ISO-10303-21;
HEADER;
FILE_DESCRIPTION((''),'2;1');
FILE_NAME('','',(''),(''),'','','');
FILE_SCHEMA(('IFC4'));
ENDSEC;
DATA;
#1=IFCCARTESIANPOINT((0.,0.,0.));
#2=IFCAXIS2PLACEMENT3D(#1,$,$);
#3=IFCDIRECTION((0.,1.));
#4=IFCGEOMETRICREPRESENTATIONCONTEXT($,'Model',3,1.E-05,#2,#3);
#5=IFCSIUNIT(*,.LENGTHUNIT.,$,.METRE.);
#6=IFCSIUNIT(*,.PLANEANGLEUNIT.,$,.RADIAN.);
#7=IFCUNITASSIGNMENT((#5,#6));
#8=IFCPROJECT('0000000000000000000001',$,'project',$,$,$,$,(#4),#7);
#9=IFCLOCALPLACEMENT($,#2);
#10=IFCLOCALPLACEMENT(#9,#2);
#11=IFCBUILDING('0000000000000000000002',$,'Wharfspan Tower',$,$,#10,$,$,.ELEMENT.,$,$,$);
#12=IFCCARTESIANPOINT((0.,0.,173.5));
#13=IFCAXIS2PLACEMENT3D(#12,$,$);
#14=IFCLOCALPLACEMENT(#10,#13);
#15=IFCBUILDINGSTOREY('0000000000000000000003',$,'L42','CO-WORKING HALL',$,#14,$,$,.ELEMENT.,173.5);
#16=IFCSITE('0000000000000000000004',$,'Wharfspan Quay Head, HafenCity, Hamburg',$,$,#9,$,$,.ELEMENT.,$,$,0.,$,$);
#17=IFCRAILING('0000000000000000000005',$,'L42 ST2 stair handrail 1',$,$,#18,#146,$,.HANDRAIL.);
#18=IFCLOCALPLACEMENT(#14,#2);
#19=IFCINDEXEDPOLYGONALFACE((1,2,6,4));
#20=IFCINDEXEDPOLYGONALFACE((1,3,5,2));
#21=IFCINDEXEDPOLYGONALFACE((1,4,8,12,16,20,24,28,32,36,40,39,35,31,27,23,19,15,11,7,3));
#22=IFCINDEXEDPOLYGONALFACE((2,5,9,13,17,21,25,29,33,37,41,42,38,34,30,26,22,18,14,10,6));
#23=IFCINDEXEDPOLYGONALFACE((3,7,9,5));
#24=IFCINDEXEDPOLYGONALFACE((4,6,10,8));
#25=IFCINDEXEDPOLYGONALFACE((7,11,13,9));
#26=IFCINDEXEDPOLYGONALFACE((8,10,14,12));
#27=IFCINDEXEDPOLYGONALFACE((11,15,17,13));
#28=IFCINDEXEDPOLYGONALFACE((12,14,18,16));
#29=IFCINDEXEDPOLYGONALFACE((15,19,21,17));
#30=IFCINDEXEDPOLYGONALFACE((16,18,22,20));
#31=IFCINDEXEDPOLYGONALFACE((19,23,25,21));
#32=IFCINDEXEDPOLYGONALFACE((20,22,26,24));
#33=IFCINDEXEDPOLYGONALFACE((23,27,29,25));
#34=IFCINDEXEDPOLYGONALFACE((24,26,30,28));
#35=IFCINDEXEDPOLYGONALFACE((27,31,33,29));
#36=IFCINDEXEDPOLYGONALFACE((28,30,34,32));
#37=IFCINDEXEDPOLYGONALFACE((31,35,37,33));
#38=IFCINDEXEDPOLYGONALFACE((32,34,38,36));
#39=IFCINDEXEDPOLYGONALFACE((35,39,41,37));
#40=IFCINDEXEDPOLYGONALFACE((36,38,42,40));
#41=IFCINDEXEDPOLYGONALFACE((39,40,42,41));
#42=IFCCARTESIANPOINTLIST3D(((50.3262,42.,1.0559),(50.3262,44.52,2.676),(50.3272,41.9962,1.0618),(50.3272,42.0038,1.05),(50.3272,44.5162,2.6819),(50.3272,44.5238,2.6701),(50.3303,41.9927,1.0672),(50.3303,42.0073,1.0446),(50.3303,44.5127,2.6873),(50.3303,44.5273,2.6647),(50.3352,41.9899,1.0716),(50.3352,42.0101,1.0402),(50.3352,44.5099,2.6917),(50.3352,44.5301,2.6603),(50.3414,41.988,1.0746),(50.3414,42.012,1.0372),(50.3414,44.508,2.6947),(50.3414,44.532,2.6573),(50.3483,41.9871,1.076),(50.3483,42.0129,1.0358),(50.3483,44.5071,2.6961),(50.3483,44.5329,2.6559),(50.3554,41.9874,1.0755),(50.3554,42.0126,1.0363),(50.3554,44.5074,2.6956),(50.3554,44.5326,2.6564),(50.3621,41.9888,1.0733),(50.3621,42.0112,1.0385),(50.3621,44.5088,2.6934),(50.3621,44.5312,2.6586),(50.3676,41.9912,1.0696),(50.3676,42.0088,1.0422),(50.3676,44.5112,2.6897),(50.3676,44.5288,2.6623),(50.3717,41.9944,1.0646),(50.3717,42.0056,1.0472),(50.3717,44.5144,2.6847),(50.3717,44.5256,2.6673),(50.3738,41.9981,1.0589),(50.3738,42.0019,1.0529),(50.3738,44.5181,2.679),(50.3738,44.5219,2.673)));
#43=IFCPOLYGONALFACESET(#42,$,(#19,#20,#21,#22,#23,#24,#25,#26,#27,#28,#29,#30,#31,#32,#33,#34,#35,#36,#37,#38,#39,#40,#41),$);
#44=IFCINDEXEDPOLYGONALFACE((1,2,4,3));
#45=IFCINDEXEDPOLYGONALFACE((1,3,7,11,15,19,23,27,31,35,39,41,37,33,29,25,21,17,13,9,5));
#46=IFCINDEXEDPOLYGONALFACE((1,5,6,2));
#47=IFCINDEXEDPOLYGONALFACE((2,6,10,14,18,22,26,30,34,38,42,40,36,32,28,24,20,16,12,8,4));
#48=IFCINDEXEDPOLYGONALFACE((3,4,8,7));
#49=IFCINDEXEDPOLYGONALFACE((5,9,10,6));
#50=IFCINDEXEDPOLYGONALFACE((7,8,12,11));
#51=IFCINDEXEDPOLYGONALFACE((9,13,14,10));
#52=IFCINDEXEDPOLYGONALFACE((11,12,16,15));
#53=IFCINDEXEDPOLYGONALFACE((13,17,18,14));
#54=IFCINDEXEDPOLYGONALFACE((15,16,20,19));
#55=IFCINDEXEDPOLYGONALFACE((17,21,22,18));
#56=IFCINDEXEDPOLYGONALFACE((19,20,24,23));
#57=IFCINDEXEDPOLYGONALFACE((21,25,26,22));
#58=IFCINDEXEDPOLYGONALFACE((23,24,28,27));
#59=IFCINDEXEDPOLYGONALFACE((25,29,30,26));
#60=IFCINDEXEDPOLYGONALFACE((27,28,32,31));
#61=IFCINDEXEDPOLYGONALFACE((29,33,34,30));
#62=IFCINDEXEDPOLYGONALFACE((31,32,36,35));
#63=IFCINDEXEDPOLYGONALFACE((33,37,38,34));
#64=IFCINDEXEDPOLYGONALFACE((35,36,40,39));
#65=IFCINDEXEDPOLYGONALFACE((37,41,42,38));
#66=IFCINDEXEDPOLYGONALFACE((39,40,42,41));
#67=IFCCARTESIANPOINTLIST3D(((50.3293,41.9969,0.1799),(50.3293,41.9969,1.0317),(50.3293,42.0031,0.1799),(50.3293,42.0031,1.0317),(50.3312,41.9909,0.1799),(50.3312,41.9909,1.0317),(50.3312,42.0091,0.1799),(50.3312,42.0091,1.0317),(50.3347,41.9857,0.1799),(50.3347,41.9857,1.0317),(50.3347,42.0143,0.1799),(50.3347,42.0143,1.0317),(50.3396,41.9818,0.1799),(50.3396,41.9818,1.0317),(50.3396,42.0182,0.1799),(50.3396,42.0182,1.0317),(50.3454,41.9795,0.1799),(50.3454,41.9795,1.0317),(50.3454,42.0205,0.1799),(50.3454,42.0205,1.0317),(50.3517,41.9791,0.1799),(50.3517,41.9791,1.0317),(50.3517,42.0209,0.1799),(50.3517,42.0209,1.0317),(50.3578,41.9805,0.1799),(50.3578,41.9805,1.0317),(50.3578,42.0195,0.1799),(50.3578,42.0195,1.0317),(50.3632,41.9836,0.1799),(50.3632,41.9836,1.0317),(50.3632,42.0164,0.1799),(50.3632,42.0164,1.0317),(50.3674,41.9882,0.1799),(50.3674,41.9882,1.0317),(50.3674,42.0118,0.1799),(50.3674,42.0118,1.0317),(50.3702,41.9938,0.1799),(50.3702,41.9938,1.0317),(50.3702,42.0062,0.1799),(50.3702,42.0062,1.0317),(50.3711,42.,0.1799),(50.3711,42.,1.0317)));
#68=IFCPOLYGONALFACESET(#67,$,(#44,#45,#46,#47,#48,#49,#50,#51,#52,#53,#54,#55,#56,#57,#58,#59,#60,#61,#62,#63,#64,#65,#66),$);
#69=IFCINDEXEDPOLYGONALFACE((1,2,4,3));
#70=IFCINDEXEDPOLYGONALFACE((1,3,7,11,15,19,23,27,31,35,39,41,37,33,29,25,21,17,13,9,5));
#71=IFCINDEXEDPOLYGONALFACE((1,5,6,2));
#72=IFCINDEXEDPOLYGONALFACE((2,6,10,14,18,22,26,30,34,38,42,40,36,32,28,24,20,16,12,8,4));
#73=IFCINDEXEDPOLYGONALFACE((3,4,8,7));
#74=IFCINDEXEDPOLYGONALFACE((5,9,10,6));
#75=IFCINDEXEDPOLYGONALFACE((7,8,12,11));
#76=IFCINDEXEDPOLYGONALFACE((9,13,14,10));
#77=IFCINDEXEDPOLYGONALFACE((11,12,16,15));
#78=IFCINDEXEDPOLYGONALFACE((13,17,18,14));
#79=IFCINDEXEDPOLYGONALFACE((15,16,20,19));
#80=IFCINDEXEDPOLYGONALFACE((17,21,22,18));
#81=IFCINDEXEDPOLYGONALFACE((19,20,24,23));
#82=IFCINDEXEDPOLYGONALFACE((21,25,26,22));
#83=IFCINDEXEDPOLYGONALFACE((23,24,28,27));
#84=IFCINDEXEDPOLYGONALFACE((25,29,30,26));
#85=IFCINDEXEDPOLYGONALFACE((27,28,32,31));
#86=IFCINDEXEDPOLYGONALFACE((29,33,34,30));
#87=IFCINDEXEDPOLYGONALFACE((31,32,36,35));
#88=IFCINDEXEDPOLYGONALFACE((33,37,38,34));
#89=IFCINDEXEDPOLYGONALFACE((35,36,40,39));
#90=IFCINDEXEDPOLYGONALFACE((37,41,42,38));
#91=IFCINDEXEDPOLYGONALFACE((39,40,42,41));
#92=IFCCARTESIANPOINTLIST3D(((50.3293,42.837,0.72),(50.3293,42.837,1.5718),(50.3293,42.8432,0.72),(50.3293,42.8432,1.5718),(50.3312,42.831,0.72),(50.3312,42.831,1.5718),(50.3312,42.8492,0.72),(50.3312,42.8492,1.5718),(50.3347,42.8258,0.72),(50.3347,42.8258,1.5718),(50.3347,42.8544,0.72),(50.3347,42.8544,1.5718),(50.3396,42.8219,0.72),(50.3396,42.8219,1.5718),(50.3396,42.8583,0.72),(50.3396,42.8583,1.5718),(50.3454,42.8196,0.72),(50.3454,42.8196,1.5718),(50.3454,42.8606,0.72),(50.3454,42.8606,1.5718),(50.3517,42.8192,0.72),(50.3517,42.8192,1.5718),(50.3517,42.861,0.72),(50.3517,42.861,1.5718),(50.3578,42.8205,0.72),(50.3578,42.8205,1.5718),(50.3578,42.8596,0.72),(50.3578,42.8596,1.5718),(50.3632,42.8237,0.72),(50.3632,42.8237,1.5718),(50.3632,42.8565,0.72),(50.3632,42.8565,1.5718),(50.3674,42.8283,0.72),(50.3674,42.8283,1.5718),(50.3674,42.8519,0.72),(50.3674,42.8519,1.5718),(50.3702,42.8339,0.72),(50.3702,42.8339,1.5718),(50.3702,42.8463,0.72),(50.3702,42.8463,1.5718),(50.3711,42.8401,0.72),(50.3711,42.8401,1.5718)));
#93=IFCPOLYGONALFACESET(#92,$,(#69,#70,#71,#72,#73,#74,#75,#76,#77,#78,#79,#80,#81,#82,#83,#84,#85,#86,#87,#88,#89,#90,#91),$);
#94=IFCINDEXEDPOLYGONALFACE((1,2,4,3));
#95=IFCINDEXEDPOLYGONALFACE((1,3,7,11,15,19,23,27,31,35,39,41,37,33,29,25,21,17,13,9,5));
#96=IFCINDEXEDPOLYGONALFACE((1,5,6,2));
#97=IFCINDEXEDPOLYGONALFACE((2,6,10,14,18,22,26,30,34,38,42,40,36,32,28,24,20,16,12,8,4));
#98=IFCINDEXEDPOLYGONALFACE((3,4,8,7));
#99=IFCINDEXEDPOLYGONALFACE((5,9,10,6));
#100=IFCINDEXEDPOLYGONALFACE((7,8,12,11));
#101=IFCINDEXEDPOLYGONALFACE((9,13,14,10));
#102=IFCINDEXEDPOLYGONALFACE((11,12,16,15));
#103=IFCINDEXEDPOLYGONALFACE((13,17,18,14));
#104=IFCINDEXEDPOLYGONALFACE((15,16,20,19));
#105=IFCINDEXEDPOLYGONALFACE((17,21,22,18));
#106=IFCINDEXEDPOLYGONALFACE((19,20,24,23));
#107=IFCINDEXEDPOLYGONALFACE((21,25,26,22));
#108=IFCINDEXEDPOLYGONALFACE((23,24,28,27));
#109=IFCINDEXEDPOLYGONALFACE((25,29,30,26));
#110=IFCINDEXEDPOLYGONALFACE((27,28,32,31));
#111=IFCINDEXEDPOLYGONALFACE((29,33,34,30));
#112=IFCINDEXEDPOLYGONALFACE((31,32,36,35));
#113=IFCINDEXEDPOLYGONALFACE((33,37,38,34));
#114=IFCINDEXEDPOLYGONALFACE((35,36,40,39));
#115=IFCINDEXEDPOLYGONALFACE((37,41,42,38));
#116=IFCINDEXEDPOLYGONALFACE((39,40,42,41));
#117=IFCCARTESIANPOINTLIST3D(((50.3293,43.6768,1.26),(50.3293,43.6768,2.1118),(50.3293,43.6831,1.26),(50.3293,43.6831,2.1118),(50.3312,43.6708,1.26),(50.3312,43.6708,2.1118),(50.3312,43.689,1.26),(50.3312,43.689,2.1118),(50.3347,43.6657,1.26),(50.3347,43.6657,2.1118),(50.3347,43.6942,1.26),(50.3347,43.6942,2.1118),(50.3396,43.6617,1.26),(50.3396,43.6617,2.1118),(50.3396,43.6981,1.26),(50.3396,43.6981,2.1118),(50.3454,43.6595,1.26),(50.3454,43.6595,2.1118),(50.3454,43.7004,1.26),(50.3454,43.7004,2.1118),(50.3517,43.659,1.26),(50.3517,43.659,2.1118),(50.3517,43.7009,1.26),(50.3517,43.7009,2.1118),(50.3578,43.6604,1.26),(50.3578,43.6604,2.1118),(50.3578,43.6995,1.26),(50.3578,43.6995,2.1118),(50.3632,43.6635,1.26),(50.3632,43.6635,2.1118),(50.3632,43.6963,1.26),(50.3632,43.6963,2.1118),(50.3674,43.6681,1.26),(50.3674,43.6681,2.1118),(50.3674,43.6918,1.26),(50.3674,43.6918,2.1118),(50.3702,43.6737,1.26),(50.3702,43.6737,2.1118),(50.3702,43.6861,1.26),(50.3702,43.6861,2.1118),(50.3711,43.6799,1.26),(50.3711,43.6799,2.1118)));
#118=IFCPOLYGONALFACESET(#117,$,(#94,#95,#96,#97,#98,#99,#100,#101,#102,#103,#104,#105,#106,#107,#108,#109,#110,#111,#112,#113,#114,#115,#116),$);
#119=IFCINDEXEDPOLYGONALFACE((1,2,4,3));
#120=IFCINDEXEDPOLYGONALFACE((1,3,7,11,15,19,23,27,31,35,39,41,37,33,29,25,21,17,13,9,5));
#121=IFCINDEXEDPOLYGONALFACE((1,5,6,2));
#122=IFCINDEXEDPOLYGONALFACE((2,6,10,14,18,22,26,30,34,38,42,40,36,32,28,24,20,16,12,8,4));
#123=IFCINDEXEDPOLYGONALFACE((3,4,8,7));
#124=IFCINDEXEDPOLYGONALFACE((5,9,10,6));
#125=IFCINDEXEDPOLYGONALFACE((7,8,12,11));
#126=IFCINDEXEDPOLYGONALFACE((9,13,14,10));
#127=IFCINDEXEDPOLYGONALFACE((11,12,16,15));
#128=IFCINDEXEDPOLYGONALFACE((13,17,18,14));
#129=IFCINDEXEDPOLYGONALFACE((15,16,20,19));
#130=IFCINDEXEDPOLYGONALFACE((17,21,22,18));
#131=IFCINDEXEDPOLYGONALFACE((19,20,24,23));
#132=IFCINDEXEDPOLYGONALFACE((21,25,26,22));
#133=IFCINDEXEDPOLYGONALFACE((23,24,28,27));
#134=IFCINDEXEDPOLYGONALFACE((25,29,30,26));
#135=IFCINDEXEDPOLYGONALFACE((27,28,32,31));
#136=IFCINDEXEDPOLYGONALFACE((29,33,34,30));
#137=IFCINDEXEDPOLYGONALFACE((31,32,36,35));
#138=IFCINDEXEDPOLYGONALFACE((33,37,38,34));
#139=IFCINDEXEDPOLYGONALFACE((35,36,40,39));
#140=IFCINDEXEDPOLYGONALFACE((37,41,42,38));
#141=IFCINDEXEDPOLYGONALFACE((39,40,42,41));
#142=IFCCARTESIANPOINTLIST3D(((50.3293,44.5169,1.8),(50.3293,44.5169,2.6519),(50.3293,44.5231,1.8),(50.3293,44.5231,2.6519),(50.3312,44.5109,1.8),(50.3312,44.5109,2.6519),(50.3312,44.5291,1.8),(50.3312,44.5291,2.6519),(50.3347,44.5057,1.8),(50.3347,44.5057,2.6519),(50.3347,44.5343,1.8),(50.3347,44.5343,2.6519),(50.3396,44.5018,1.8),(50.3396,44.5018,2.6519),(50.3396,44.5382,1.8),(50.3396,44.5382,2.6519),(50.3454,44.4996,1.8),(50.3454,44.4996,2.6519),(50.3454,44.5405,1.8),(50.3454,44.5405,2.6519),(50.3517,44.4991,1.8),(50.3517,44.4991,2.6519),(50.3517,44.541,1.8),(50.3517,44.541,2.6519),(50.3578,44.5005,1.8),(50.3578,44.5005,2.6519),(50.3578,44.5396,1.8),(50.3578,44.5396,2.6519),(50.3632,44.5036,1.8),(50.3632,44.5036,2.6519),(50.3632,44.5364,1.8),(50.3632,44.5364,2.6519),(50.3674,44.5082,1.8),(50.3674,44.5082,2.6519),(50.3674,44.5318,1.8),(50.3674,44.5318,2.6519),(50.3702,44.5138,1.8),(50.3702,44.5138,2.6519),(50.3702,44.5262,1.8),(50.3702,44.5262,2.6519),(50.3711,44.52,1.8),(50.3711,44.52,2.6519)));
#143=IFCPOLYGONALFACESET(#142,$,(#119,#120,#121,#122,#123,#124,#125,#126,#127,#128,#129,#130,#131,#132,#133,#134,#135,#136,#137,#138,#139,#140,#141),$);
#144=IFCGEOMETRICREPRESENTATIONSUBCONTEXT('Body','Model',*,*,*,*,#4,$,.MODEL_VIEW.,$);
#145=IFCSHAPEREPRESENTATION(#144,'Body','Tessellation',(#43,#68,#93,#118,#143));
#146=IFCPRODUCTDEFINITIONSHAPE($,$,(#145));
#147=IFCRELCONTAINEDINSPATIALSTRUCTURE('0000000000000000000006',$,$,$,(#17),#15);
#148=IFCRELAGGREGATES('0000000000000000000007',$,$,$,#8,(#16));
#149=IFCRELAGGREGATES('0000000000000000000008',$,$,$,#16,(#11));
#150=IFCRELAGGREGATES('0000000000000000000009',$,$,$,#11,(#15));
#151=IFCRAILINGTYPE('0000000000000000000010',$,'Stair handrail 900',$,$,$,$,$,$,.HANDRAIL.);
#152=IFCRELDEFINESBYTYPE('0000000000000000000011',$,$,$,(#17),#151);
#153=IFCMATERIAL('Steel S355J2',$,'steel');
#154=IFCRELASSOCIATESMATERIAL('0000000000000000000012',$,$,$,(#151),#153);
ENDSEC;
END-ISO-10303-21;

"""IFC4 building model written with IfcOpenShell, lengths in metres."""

from ifc_helpers import new_model, si_unit, direction, frame, origin, origin_2d, place, context, subcontext, project, spatial, circle, extrude, material, type_object, element, save


model = new_model("IFC4")

# Units and contexts
model_context = context("Model", 3, precision=1e-05, world=origin(), true_north=direction((0.0, 1.0)))
body_context = subcontext(model_context, "Body", "Model", "MODEL_VIEW")
ifc_project = project(units=[si_unit("LENGTHUNIT", "METRE"), si_unit("PLANEANGLEUNIT", "RADIAN")], contexts=[model_context])

# Site, building, storey
site_placement = place(None, origin())
site = spatial("IfcSite", under=ifc_project, at=site_placement, Name="Wharfspan Quay Head, HafenCity, Hamburg", CompositionType="ELEMENT", RefElevation=0.0)
building_placement = place(site_placement, origin())
building = spatial("IfcBuilding", under=site, at=building_placement, Name="Wharfspan Tower", CompositionType="ELEMENT")
storey_placement = place(building_placement, frame((0.0, 0.0, 173.5)))
storey = spatial("IfcBuildingStorey", under=building, at=storey_placement, Name="L42", Description="CO-WORKING HALL", CompositionType="ELEMENT", Elevation=173.5)

# Shared definitions
ifc_material_1 = material(Name="Steel S355J2", Category="steel")

# Railing
railing_type_1 = type_object("IfcRailingType", Name="Stair handrail 900", PredefinedType="HANDRAIL", material=ifc_material_1)
railing_1_placement = place(storey_placement, frame((50.3501, 42.0, 0.1799)))
element("IfcRailing", 1, at=railing_1_placement, inside=storey, type_object=railing_type_1, Name="L42 ST2 stair handrail 1", PredefinedType="HANDRAIL", context=body_context, shape_type="SweptSolid", body=[
    extrude(circle(Radius=0.0239, at=origin_2d()), frame((0.0, 0.0, 0.876), z_axis=(0.0, 0.841163, 0.540782), x_axis=(-1.0, 0.0, 0.0)), (0.0, 0.0, 1.0), 2.9958),
    extrude(circle(Radius=0.021, at=origin_2d()), origin(), (0.0, 0.0, 1.0), 0.8518),
    extrude(circle(Radius=0.021, at=origin_2d()), frame((0.0, 0.8401, 0.54)), (0.0, 0.0, 1.0), 0.8518),
    extrude(circle(Radius=0.021, at=origin_2d()), frame((0.0, 1.6799, 1.0801)), (0.0, 0.0, 1.0), 0.8518),
    extrude(circle(Radius=0.021, at=origin_2d()), frame((0.0, 2.52, 1.6201)), (0.0, 0.0, 1.0), 0.8518),
])

save(model, "model.ifc")
